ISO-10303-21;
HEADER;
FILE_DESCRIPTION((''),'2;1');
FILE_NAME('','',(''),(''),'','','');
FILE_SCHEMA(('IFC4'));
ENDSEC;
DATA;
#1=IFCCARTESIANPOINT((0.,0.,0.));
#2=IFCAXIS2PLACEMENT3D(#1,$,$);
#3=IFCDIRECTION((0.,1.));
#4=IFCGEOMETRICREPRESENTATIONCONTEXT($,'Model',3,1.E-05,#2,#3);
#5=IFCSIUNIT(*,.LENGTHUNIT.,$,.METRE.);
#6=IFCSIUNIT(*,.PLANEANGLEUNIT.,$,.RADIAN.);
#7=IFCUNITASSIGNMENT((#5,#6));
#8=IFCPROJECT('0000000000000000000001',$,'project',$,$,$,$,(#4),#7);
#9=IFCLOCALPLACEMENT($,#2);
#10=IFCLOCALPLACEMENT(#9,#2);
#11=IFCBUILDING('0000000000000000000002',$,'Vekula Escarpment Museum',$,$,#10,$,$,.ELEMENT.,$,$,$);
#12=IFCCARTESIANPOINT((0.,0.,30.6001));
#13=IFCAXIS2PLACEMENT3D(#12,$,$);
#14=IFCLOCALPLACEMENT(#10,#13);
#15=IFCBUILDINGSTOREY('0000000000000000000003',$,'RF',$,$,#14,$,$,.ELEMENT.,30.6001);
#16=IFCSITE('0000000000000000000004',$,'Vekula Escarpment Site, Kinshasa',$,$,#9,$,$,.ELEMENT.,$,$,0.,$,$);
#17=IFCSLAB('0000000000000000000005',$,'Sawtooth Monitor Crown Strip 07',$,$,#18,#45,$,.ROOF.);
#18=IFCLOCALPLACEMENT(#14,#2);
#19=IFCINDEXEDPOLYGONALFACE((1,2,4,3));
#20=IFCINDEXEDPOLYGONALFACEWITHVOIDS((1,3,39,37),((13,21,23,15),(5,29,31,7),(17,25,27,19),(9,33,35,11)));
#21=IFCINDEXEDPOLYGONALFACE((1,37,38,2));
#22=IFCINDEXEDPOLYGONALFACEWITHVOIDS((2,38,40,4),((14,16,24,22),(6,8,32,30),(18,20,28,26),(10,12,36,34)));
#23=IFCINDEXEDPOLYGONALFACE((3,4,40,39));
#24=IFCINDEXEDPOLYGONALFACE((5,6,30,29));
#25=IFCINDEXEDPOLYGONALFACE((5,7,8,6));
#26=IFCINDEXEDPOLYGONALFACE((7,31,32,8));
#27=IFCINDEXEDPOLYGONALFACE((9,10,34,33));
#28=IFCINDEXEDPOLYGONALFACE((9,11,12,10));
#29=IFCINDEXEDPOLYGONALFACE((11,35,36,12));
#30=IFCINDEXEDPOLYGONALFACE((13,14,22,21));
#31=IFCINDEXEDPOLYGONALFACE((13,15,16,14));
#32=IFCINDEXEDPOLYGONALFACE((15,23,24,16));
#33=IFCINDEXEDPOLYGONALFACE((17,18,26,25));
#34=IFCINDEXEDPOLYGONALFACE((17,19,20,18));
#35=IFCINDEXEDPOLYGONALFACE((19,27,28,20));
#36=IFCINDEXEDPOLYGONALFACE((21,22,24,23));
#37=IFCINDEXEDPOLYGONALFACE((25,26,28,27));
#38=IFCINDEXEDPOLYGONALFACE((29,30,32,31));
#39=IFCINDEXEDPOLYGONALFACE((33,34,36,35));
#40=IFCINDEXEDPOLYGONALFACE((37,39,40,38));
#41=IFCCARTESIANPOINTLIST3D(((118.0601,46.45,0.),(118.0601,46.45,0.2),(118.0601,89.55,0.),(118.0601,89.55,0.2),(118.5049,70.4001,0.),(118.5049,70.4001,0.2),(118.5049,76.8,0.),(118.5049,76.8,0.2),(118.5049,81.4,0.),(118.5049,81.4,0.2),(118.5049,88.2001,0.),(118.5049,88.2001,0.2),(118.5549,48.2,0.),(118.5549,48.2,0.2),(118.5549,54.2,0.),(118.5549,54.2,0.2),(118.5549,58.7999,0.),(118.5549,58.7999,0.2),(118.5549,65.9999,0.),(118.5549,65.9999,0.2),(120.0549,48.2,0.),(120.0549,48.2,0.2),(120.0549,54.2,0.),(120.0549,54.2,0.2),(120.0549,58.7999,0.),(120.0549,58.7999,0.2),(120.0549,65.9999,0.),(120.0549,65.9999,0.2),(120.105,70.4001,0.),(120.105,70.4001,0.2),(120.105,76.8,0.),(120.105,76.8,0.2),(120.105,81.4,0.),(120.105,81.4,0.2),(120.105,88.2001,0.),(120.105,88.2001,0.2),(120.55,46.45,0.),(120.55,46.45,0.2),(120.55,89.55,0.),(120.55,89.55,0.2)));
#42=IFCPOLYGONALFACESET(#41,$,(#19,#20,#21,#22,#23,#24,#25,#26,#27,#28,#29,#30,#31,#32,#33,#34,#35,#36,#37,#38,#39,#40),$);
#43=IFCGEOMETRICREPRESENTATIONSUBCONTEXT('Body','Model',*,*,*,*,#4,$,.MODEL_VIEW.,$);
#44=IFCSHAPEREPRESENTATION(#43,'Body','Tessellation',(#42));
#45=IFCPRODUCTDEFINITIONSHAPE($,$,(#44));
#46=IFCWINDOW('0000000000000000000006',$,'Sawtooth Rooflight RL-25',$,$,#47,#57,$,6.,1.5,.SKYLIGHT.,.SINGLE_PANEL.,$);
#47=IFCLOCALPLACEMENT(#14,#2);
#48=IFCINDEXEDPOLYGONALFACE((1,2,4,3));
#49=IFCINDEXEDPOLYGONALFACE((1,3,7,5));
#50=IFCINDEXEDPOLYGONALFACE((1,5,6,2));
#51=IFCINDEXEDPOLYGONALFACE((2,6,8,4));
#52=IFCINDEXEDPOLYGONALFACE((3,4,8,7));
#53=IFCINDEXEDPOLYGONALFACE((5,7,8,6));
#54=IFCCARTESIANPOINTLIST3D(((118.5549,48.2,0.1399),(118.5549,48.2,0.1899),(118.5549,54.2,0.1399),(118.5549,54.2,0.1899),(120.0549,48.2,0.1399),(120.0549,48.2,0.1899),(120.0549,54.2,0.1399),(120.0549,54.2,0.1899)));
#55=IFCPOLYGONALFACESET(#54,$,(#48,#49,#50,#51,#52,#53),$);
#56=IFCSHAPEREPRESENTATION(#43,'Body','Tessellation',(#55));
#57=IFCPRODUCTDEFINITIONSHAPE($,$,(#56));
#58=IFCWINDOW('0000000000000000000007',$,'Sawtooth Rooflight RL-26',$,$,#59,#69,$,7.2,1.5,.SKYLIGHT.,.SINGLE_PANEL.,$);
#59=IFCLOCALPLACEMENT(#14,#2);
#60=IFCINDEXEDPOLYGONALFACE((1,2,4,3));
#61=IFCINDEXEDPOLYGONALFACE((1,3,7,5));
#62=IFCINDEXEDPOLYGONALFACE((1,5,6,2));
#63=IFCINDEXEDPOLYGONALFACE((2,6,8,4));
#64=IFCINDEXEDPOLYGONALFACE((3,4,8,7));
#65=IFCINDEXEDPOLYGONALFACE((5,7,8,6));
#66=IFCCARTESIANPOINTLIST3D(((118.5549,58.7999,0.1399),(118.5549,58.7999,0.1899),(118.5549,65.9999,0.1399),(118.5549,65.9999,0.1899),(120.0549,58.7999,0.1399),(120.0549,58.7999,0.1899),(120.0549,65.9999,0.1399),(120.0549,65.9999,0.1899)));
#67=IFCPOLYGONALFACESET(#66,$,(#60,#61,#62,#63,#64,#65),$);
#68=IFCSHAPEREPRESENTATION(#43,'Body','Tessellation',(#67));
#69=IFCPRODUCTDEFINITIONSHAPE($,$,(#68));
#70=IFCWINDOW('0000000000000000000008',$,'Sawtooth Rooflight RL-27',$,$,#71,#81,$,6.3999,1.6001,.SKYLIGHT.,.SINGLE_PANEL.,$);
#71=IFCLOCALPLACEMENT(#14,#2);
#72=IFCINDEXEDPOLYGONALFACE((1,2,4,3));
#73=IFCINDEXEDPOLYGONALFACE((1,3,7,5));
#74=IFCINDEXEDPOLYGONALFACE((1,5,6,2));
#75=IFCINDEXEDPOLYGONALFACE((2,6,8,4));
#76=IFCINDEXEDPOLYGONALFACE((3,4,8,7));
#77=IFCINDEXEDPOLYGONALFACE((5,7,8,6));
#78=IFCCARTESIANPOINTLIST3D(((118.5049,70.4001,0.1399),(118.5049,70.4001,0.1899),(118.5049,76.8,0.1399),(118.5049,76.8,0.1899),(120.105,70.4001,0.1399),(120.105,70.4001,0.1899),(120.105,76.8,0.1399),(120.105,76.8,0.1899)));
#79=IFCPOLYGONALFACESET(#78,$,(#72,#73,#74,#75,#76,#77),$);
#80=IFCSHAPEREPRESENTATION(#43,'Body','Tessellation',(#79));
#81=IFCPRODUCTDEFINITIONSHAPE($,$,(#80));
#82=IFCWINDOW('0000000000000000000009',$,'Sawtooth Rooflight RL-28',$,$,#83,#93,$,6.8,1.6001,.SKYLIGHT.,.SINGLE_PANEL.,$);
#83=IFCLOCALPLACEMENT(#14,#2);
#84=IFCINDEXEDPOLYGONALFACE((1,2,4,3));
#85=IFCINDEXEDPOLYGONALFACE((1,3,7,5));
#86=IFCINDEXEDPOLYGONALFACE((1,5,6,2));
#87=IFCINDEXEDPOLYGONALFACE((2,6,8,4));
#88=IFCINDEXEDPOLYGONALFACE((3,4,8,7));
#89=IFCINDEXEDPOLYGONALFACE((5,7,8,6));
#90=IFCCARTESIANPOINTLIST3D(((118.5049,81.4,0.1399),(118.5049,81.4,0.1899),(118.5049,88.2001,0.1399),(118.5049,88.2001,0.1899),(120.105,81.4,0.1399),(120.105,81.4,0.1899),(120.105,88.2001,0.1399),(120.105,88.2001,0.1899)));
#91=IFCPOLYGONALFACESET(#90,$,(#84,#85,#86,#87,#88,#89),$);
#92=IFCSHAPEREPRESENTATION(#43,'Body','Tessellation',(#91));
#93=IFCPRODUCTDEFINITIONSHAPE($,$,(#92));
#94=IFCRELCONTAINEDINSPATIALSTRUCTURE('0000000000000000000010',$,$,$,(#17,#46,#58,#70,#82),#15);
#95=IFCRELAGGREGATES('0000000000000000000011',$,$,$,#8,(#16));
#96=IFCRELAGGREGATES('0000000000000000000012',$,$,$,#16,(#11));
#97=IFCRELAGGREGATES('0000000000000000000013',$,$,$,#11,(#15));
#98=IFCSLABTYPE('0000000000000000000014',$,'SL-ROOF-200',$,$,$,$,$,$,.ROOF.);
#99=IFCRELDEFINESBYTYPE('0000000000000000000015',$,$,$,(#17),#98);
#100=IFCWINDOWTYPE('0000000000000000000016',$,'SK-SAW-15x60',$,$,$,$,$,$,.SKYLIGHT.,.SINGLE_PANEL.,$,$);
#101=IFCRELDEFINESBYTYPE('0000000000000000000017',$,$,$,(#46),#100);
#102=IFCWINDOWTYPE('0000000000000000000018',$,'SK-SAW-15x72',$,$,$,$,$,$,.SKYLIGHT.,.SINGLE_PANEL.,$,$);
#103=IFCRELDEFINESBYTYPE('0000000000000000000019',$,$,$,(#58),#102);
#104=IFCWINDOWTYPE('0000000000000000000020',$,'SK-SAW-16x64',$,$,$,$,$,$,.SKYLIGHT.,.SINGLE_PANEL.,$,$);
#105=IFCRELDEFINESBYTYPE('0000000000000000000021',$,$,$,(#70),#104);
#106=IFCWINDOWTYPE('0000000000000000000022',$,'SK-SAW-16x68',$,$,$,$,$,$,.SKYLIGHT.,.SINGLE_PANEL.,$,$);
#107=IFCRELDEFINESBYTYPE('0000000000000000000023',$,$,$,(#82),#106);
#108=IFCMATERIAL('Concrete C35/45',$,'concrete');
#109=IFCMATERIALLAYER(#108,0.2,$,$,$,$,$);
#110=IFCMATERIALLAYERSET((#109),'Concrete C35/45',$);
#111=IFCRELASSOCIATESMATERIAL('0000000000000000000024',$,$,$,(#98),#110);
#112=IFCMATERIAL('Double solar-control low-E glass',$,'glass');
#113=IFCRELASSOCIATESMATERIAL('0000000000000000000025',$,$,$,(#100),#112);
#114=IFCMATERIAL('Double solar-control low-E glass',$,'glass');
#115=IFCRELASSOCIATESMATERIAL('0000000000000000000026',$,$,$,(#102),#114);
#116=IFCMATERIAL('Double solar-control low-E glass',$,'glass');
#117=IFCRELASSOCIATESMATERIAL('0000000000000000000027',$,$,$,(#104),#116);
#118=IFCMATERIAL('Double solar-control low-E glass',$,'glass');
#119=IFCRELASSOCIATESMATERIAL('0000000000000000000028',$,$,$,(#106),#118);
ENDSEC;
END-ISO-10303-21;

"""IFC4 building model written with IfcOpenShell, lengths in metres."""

from ifc_helpers import new_model, si_unit, direction, frame, origin, origin_2d, place, context, subcontext, project, spatial, polyline, rectangle, outline, extrude, material, layer, layer_set, type_object, element, fill, save


model = new_model("IFC4")

# Units and contexts
model_context = context("Model", 3, precision=1e-05, world=origin(), true_north=direction((0.0, 1.0)))
body_context = subcontext(model_context, "Body", "Model", "MODEL_VIEW")
ifc_project = project(units=[si_unit("LENGTHUNIT", "METRE"), si_unit("PLANEANGLEUNIT", "RADIAN")], contexts=[model_context])

# Site, building, storey
site_placement = place(None, origin())
site = spatial("IfcSite", under=ifc_project, at=site_placement, Name="Vekula Escarpment Site, Kinshasa", CompositionType="ELEMENT", RefElevation=0.0)
building_placement = place(site_placement, origin())
building = spatial("IfcBuilding", under=site, at=building_placement, Name="Vekula Escarpment Museum", CompositionType="ELEMENT")
storey_placement = place(building_placement, frame((0.0, 0.0, 30.6001)))
storey = spatial("IfcBuildingStorey", under=building, at=storey_placement, Name="RF", CompositionType="ELEMENT", Elevation=30.6001)

# Slab, openings, windows
ifc_material_1 = material(Name="Concrete C35/45", Category="concrete")
ifc_layer = layer(ifc_material_1, 0.2)
ifc_layer_set = layer_set([ifc_layer], Name="Concrete C35/45")
slab_type = type_object("IfcSlabType", Name="SL-ROOF-200", PredefinedType="ROOF", material=ifc_layer_set)
ifc_material_2 = material(Name="Double solar-control low-E glass", Category="glass")
window_type_1 = type_object("IfcWindowType", Name="SK-SAW-15x60", PartitioningType="SINGLE_PANEL", PredefinedType="SKYLIGHT", material=ifc_material_2)
ifc_material_3 = material(Name="Double solar-control low-E glass", Category="glass")
window_type_2 = type_object("IfcWindowType", Name="SK-SAW-15x72", PartitioningType="SINGLE_PANEL", PredefinedType="SKYLIGHT", material=ifc_material_3)
ifc_material_4 = material(Name="Double solar-control low-E glass", Category="glass")
window_type_3 = type_object("IfcWindowType", Name="SK-SAW-16x64", PartitioningType="SINGLE_PANEL", PredefinedType="SKYLIGHT", material=ifc_material_4)
ifc_material_5 = material(Name="Double solar-control low-E glass", Category="glass")
window_type_4 = type_object("IfcWindowType", Name="SK-SAW-16x68", PartitioningType="SINGLE_PANEL", PredefinedType="SKYLIGHT", material=ifc_material_5)
slab_1_placement = place(storey_placement, origin())
slab_1 = element("IfcSlab", 1, at=slab_1_placement, inside=storey, type_object=slab_type, Name="Sawtooth Monitor Crown Strip 07", PredefinedType="ROOF", context=body_context, shape_type="SweptSolid", body=[
    extrude(outline(polyline([(118.0601, 46.45), (120.55, 46.45), (120.55, 89.55), (118.0601, 89.55), (118.0601, 46.45)])), origin(), (0.0, 0.0, 1.0), 0.2),
])
opening_1_placement = place(slab_1_placement, frame((119.3049, 51.2, -0.01)))
opening_1 = element("IfcOpeningElement", 2, at=opening_1_placement, cuts=slab_1, PredefinedType="OPENING", context=body_context, shape_type="SweptSolid", body=[
    extrude(rectangle(XDim=1.5, YDim=6.0, at=origin_2d()), origin(), (0.0, 0.0, 1.0), 0.22),
])
opening_2_placement = place(slab_1_placement, frame((119.3049, 62.3999, -0.01)))
opening_2 = element("IfcOpeningElement", 3, at=opening_2_placement, cuts=slab_1, PredefinedType="OPENING", context=body_context, shape_type="SweptSolid", body=[
    extrude(rectangle(XDim=1.5, YDim=7.2, at=origin_2d()), origin(), (0.0, 0.0, 1.0), 0.22),
])
opening_3_placement = place(slab_1_placement, frame((119.3049, 73.6001, -0.01)))
opening_3 = element("IfcOpeningElement", 4, at=opening_3_placement, cuts=slab_1, PredefinedType="OPENING", context=body_context, shape_type="SweptSolid", body=[
    extrude(rectangle(XDim=1.6001, YDim=6.3999, at=origin_2d()), origin(), (0.0, 0.0, 1.0), 0.22),
])
opening_4_placement = place(slab_1_placement, frame((119.3049, 84.8, -0.01)))
opening_4 = element("IfcOpeningElement", 5, at=opening_4_placement, cuts=slab_1, PredefinedType="OPENING", context=body_context, shape_type="SweptSolid", body=[
    extrude(rectangle(XDim=1.6001, YDim=6.8, at=origin_2d()), origin(), (0.0, 0.0, 1.0), 0.22),
])
window_1_placement = place(opening_1_placement, frame((0.0, 0.0, 0.1499)))
window_1 = element("IfcWindow", 6, at=window_1_placement, inside=storey, type_object=window_type_1, Name="Sawtooth Rooflight RL-25", OverallHeight=6.0, OverallWidth=1.5, PartitioningType="SINGLE_PANEL", PredefinedType="SKYLIGHT", context=body_context, shape_type="SweptSolid", body=[
    extrude(rectangle(XDim=1.5, YDim=6.0, at=origin_2d()), origin(), (0.0, 0.0, 1.0), 0.05),
])
fill(opening_1, window_1)
window_2_placement = place(opening_2_placement, frame((0.0, 0.0, 0.1499)))
window_2 = element("IfcWindow", 7, at=window_2_placement, inside=storey, type_object=window_type_2, Name="Sawtooth Rooflight RL-26", OverallHeight=7.2, OverallWidth=1.5, PartitioningType="SINGLE_PANEL", PredefinedType="SKYLIGHT", context=body_context, shape_type="SweptSolid", body=[
    extrude(rectangle(XDim=1.5, YDim=7.2, at=origin_2d()), origin(), (0.0, 0.0, 1.0), 0.05),
])
fill(opening_2, window_2)
window_3_placement = place(opening_3_placement, frame((0.0, 0.0, 0.1499)))
window_3 = element("IfcWindow", 8, at=window_3_placement, inside=storey, type_object=window_type_3, Name="Sawtooth Rooflight RL-27", OverallHeight=6.3999, OverallWidth=1.6001, PartitioningType="SINGLE_PANEL", PredefinedType="SKYLIGHT", context=body_context, shape_type="SweptSolid", body=[
    extrude(rectangle(XDim=1.6001, YDim=6.3999, at=origin_2d()), origin(), (0.0, 0.0, 1.0), 0.05),
])
fill(opening_3, window_3)
window_4_placement = place(opening_4_placement, frame((0.0, 0.0, 0.1499)))
window_4 = element("IfcWindow", 9, at=window_4_placement, inside=storey, type_object=window_type_4, Name="Sawtooth Rooflight RL-28", OverallHeight=6.8, OverallWidth=1.6001, PartitioningType="SINGLE_PANEL", PredefinedType="SKYLIGHT", context=body_context, shape_type="SweptSolid", body=[
    extrude(rectangle(XDim=1.6001, YDim=6.8, at=origin_2d()), origin(), (0.0, 0.0, 1.0), 0.05),
])
fill(opening_4, window_4)

save(model, "model.ifc")
